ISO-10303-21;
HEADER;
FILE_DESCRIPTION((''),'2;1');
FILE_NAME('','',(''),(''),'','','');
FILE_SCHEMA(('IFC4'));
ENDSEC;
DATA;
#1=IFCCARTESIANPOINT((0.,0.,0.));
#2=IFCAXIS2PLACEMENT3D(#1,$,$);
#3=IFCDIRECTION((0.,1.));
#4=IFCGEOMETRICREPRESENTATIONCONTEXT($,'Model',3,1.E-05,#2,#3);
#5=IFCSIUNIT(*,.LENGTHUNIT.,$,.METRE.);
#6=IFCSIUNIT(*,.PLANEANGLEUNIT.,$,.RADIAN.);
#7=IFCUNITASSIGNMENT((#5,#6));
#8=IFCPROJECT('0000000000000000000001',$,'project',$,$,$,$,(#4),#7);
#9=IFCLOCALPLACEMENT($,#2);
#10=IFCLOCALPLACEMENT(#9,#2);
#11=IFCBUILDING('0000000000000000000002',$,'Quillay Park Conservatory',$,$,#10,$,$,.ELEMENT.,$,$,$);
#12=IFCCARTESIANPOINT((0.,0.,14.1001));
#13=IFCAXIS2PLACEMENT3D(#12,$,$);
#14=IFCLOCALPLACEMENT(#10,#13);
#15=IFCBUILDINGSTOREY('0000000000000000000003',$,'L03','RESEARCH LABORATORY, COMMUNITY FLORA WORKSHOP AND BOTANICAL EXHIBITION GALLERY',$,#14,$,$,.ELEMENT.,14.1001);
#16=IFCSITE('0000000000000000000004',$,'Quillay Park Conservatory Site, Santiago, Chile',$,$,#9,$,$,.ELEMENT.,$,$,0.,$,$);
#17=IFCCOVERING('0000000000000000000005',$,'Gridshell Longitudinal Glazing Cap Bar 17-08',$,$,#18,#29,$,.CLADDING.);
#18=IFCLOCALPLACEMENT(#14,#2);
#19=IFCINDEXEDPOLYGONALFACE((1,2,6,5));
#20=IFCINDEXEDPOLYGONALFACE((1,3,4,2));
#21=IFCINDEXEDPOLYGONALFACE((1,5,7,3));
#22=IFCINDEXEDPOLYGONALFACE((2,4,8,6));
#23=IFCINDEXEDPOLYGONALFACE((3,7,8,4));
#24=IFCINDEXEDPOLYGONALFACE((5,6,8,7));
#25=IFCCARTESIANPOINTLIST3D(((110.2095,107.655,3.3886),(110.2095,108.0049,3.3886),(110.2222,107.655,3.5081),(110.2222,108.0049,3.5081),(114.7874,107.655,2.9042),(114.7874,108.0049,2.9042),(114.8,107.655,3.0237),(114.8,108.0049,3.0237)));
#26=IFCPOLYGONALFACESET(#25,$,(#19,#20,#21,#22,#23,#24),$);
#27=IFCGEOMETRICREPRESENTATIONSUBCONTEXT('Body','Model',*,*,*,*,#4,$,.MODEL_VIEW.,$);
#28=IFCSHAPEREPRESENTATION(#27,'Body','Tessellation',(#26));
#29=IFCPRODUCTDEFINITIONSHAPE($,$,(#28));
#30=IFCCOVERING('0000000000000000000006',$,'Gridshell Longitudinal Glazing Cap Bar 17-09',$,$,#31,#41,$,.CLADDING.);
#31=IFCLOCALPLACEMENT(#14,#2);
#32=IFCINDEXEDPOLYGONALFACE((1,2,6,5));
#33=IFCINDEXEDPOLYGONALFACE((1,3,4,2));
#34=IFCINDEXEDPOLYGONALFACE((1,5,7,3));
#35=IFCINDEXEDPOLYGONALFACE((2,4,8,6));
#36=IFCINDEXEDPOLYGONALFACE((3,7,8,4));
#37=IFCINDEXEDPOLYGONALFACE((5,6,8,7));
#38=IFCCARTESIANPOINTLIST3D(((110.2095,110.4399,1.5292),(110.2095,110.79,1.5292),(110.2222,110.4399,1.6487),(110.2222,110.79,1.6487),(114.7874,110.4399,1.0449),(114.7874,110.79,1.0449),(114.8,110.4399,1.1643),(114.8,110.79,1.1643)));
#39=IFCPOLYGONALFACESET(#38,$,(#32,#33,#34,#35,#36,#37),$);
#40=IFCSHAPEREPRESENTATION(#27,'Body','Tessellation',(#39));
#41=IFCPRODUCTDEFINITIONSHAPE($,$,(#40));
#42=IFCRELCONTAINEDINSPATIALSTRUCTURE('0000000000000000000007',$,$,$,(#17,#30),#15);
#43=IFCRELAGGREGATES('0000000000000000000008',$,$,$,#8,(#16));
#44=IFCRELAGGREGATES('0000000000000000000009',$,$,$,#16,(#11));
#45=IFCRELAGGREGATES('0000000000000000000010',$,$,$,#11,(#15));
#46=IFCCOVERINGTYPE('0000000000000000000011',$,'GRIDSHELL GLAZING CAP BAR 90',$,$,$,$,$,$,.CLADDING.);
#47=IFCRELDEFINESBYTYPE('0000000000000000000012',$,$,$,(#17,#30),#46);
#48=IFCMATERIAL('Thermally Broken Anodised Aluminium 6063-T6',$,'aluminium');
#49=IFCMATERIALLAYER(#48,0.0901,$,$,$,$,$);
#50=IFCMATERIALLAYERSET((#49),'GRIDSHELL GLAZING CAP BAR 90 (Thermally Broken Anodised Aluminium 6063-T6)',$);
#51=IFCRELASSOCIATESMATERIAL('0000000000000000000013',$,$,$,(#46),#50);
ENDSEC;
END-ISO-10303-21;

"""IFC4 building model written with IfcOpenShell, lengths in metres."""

from ifc_helpers import new_model, si_unit, direction, frame, origin, place, context, subcontext, project, spatial, polyline, outline, extrude, material, layer, layer_set, type_object, element, save


model = new_model("IFC4")

# Units and contexts
model_context = context("Model", 3, precision=1e-05, world=origin(), true_north=direction((0.0, 1.0)))
body_context = subcontext(model_context, "Body", "Model", "MODEL_VIEW")
ifc_project = project(units=[si_unit("LENGTHUNIT", "METRE"), si_unit("PLANEANGLEUNIT", "RADIAN")], contexts=[model_context])

# Site, building, storey
site_placement = place(None, origin())
site = spatial("IfcSite", under=ifc_project, at=site_placement, Name="Quillay Park Conservatory Site, Santiago, Chile", CompositionType="ELEMENT", RefElevation=0.0)
building_placement = place(site_placement, origin())
building = spatial("IfcBuilding", under=site, at=building_placement, Name="Quillay Park Conservatory", CompositionType="ELEMENT")
storey_placement = place(building_placement, frame((0.0, 0.0, 14.1001)))
storey = spatial("IfcBuildingStorey", under=building, at=storey_placement, Name="L03", Description="RESEARCH LABORATORY, COMMUNITY FLORA WORKSHOP AND BOTANICAL EXHIBITION GALLERY", CompositionType="ELEMENT", Elevation=14.1001)

# Coverings
ifc_material_1 = material(Name="Thermally Broken Anodised Aluminium 6063-T6", Category="aluminium")
ifc_layer_1 = layer(ifc_material_1, 0.0901)
ifc_layer_set_1 = layer_set([ifc_layer_1], Name="GRIDSHELL GLAZING CAP BAR 90 (Thermally Broken Anodised Aluminium 6063-T6)")
covering_type = type_object("IfcCoveringType", Name="GRIDSHELL GLAZING CAP BAR 90", PredefinedType="CLADDING", material=ifc_layer_set_1)
covering_1_placement = place(storey_placement, frame((110.2222, 107.655, 3.5081), z_axis=(0.10522, 0.0, 0.994449), x_axis=(0.994449, 0.0, -0.10522)))
element("IfcCovering", 1, at=covering_1_placement, inside=storey, type_object=covering_type, Name="Gridshell Longitudinal Glazing Cap Bar 17-08", PredefinedType="CLADDING", context=body_context, shape_type="SweptSolid", body=[
    extrude(outline(polyline([(0.0, 0.0), (4.6034, 0.0), (4.6034, 0.3499), (0.0, 0.3499), (0.0, 0.0)])), origin(), (0.0, 0.0, -1.0), 0.1201),
])
covering_2_placement = place(storey_placement, frame((110.2222, 110.4399, 1.6487), z_axis=(0.10522, 0.0, 0.994449), x_axis=(0.994449, 0.0, -0.10522)))
element("IfcCovering", 2, at=covering_2_placement, inside=storey, type_object=covering_type, Name="Gridshell Longitudinal Glazing Cap Bar 17-09", PredefinedType="CLADDING", context=body_context, shape_type="SweptSolid", body=[
    extrude(outline(polyline([(0.0, 0.0), (4.6034, 0.0), (4.6034, 0.3501), (0.0, 0.3501), (0.0, 0.0)])), origin(), (0.0, 0.0, -1.0), 0.1201),
])

save(model, "model.ifc")
